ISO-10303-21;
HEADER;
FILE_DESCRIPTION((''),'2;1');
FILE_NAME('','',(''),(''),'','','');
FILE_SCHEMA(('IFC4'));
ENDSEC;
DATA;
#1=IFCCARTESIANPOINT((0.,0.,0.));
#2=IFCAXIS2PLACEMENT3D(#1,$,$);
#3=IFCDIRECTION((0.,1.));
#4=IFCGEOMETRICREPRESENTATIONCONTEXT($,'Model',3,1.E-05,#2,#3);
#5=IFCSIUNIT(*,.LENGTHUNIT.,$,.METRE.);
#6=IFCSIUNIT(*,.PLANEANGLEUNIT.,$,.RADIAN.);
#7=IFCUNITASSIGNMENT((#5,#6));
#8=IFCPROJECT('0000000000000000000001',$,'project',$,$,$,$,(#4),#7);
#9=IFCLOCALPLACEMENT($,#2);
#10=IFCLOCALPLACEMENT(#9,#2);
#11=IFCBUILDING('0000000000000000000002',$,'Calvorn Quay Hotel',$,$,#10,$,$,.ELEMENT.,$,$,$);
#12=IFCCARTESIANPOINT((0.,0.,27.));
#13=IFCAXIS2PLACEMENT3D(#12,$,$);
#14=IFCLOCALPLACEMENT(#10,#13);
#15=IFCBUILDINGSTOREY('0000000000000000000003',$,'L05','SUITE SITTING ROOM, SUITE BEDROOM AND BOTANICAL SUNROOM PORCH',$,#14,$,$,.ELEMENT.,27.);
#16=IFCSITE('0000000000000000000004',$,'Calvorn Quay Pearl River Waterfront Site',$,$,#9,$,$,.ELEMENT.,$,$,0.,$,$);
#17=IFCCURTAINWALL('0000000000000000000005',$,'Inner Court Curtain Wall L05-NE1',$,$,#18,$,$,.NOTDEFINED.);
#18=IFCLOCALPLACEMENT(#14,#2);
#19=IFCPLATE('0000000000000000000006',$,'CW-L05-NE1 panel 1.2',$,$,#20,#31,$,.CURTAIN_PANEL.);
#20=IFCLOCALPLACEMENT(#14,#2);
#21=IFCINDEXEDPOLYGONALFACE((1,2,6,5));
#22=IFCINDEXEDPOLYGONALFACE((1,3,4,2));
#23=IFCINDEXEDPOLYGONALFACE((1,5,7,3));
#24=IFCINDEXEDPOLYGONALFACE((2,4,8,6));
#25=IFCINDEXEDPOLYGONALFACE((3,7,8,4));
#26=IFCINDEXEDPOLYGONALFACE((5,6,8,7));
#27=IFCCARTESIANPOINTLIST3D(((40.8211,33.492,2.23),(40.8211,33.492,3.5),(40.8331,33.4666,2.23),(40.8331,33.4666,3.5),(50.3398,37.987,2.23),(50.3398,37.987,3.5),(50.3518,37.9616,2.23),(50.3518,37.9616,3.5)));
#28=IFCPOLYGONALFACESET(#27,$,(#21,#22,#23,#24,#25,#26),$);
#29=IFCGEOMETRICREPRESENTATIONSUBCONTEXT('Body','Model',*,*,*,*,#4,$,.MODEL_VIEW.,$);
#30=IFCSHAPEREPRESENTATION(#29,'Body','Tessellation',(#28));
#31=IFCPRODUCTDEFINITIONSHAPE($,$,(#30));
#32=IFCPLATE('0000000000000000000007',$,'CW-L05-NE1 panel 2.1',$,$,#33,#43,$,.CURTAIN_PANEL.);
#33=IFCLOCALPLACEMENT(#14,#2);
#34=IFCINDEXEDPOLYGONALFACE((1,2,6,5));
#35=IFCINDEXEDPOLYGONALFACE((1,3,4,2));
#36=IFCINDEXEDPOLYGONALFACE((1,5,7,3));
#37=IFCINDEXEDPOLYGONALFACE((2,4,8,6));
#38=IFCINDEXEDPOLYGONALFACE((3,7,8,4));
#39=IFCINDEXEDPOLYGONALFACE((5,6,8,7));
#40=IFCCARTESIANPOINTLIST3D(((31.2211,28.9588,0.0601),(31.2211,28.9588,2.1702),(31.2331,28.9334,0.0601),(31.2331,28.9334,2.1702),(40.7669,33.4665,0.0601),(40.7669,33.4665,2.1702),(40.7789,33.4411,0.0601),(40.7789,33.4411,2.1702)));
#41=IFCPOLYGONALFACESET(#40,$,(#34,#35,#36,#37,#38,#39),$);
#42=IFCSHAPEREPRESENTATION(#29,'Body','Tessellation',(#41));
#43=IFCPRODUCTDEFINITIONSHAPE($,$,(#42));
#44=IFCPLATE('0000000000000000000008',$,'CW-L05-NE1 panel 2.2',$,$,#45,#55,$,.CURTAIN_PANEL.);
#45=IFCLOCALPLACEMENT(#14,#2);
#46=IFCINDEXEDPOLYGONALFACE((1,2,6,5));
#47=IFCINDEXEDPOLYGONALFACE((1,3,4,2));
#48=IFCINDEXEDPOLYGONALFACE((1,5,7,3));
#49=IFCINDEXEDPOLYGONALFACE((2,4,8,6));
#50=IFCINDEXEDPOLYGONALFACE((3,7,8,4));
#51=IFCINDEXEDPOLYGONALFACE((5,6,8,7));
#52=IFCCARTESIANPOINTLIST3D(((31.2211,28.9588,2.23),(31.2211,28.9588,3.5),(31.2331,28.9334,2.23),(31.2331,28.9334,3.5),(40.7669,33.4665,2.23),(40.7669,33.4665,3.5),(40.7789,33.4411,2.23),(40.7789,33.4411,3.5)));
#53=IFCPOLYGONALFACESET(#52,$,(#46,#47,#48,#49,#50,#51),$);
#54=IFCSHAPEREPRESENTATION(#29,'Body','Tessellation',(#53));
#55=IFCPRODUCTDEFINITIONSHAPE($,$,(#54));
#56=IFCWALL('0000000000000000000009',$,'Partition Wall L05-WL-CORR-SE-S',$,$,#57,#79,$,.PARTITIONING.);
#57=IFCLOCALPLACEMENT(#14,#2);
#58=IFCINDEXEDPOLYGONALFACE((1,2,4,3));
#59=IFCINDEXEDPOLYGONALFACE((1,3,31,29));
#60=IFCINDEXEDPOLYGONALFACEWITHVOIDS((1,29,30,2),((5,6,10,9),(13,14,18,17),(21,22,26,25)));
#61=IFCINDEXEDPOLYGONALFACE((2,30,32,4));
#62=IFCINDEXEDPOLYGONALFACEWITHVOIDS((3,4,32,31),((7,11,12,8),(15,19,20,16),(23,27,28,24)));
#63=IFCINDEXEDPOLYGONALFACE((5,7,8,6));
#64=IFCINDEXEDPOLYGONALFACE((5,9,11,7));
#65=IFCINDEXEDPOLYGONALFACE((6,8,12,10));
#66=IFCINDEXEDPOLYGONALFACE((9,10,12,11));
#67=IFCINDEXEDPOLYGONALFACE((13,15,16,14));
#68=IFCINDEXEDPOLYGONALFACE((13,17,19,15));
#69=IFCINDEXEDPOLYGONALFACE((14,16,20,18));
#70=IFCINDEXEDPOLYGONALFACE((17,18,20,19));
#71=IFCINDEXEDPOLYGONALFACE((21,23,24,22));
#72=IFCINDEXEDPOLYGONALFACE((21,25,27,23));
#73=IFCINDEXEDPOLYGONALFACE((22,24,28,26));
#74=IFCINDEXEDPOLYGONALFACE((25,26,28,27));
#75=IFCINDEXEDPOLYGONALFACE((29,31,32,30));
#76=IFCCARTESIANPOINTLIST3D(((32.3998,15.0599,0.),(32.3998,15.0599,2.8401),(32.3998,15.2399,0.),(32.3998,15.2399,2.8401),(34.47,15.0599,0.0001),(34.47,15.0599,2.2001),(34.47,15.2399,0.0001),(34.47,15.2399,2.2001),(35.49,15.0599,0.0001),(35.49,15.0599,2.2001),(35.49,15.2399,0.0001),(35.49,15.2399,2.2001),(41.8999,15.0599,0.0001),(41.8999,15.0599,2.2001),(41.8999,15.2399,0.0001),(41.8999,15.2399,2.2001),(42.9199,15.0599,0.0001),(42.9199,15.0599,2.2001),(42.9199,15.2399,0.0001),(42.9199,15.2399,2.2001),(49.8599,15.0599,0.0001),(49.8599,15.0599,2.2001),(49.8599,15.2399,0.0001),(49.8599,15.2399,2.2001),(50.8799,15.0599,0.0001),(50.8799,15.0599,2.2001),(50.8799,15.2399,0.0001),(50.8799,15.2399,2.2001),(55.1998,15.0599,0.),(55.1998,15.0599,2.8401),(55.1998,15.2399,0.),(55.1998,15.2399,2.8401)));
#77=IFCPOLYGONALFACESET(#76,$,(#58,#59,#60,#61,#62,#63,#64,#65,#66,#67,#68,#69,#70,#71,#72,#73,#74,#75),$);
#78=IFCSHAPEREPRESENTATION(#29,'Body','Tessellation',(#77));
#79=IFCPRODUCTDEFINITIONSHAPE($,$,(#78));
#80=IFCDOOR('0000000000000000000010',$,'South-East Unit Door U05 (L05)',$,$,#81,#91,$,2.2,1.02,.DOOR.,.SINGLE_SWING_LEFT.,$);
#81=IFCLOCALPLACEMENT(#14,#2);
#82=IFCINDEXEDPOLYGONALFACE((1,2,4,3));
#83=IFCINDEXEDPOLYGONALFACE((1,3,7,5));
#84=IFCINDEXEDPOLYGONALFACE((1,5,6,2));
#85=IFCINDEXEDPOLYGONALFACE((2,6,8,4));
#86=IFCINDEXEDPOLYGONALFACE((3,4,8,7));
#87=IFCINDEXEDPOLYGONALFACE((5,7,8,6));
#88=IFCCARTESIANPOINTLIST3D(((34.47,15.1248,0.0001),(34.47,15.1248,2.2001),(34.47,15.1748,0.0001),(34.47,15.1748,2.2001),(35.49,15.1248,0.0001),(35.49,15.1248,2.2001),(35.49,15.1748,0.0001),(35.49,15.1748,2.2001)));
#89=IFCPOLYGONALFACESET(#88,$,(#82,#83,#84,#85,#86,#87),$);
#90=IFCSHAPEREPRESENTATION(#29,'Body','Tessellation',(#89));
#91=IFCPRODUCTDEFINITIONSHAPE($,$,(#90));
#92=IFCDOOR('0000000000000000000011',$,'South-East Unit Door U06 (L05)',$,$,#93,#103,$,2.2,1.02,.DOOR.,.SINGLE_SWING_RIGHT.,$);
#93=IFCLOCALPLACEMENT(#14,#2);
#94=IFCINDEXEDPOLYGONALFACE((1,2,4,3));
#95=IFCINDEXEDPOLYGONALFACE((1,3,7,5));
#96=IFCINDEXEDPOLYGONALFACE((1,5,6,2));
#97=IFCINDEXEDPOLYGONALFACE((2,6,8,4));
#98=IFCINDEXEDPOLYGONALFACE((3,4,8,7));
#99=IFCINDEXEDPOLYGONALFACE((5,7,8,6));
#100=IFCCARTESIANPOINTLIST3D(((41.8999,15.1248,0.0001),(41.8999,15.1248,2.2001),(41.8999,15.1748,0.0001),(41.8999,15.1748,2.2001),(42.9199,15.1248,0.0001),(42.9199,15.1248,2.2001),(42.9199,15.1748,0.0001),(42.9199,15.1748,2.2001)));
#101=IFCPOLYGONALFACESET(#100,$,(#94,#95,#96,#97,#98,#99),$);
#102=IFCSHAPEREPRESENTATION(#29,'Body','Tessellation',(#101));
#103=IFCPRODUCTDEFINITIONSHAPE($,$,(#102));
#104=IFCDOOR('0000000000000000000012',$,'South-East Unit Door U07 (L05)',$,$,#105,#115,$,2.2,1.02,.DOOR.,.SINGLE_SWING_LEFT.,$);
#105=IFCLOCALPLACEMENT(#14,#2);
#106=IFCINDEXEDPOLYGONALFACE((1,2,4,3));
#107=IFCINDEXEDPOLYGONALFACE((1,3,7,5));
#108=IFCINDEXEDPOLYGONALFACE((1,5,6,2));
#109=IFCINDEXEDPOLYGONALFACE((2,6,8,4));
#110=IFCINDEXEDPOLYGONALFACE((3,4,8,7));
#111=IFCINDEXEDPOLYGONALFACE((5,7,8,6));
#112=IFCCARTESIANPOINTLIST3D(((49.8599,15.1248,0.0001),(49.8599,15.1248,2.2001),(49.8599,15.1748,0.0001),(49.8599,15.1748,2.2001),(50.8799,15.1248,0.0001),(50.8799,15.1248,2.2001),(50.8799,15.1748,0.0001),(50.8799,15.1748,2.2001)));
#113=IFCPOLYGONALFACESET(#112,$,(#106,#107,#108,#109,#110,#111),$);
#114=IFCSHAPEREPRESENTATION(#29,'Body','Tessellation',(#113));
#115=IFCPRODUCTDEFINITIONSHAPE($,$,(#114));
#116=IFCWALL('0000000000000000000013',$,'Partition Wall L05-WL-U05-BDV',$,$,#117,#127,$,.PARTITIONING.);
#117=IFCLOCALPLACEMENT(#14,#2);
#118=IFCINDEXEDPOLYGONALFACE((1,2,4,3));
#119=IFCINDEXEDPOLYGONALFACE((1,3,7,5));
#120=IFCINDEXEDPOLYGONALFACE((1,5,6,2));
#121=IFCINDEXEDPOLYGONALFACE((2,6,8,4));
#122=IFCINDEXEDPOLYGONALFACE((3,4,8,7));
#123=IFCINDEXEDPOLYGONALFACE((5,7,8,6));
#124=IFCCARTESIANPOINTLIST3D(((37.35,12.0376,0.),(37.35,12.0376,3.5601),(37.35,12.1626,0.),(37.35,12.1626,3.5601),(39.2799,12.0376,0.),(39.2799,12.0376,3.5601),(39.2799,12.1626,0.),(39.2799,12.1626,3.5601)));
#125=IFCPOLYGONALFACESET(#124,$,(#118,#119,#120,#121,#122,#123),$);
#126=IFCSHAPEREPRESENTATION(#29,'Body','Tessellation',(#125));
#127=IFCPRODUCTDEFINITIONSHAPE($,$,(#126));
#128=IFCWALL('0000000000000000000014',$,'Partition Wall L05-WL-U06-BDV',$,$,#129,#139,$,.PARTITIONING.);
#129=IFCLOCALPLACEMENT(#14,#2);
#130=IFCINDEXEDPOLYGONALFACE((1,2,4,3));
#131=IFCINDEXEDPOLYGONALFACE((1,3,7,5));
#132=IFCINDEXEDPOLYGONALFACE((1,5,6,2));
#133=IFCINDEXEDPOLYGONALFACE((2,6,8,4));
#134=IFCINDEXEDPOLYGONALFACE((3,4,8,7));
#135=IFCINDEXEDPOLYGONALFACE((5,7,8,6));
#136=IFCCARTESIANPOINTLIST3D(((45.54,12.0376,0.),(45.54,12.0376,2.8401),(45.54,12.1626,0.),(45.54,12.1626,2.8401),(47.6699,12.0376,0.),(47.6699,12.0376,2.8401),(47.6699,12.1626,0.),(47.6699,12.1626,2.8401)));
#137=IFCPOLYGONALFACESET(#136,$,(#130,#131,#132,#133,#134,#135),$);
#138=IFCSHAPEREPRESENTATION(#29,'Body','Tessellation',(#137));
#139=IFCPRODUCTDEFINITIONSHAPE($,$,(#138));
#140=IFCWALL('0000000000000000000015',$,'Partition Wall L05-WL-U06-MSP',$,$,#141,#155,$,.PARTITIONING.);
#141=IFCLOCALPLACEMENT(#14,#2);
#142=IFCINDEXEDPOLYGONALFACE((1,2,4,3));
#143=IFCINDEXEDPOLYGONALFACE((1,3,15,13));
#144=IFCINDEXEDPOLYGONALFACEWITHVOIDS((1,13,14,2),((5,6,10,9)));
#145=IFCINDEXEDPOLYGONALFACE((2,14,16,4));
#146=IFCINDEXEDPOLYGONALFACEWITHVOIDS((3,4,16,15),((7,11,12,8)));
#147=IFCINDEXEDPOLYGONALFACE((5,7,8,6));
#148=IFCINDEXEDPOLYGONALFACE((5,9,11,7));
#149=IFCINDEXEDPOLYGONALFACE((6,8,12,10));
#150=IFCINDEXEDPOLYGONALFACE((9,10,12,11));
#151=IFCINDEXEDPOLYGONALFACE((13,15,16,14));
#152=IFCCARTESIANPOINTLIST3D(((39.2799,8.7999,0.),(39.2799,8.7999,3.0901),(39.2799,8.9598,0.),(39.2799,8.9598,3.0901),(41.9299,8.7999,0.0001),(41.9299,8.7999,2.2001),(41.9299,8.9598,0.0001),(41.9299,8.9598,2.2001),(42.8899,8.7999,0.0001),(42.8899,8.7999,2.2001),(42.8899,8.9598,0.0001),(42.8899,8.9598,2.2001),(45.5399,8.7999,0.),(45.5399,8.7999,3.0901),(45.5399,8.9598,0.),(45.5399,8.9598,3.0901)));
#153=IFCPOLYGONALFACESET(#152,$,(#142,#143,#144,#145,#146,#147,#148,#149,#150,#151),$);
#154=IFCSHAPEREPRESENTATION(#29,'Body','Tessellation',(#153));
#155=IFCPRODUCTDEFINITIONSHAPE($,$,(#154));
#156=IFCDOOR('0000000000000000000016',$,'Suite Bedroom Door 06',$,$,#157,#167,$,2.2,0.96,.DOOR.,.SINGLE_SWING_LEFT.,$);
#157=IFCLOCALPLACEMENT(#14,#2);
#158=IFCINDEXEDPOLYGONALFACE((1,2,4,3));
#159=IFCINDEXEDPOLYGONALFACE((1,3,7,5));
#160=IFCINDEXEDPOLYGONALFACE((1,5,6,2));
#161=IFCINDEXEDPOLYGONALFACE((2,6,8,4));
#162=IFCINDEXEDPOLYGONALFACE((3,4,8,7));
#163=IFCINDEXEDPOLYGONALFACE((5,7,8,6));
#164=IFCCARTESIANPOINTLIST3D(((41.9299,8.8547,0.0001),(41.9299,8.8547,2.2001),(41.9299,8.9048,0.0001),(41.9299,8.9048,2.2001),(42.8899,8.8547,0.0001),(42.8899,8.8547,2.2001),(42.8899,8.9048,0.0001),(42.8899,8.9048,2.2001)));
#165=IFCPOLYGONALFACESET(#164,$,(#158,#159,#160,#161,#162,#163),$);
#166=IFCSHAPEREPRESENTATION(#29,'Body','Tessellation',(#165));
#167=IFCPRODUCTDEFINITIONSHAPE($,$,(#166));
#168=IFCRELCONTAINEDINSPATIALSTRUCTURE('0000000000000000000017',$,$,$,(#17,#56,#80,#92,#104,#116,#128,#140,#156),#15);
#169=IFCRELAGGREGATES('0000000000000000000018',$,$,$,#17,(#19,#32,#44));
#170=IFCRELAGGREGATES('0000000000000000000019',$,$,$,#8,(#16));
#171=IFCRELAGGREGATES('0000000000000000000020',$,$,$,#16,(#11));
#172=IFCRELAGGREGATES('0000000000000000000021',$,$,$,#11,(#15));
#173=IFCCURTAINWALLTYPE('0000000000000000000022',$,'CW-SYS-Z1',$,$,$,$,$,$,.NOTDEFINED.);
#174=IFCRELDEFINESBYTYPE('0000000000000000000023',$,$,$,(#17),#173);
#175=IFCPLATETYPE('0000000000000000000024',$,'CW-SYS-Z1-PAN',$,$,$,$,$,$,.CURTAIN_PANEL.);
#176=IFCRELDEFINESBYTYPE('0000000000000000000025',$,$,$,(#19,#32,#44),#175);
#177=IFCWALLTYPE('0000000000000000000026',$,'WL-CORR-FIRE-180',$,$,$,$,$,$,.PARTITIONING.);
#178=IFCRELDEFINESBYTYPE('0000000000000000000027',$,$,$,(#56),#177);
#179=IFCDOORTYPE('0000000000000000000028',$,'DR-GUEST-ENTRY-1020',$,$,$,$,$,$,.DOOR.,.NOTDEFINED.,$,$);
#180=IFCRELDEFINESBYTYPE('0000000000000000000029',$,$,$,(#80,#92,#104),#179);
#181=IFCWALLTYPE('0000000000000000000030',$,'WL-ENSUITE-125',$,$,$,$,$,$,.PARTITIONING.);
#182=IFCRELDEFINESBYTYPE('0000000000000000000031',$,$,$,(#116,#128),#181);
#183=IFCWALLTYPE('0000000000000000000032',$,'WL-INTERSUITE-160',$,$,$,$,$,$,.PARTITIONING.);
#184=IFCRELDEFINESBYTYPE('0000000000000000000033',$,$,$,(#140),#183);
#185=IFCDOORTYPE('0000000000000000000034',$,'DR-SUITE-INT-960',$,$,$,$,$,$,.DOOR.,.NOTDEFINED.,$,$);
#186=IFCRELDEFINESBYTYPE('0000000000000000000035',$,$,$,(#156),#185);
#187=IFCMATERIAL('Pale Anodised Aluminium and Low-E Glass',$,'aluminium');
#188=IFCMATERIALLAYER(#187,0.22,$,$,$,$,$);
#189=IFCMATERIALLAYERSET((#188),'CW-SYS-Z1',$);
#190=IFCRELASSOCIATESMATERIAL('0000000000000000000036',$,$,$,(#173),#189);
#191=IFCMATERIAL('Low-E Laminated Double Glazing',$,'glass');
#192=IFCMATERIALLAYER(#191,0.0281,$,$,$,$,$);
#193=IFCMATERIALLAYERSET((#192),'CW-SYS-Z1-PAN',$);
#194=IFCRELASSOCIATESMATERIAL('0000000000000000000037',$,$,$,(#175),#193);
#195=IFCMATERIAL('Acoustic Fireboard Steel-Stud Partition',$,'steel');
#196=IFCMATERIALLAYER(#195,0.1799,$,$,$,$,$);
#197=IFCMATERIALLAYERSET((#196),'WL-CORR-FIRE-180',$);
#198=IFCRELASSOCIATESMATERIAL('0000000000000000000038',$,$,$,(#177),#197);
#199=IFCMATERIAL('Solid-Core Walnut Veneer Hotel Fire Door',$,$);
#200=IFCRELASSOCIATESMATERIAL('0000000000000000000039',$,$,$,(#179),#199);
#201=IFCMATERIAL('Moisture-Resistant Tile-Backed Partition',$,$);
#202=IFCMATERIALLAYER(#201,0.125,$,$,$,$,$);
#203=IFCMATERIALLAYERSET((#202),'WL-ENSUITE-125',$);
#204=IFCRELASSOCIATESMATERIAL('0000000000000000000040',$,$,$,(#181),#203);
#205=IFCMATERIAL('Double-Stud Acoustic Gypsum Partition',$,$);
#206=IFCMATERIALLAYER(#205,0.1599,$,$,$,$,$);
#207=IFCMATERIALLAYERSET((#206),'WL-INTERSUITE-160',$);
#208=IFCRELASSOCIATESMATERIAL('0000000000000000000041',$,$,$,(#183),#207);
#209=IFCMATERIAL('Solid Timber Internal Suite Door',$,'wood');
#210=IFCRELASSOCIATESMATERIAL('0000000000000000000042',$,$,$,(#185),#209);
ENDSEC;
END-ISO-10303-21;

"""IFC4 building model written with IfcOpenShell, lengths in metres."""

from ifc_helpers import new_model, si_unit, direction, frame, frame_2d, origin, origin_2d, place, context, subcontext, project, spatial, rectangle, extrude, material, layer, layer_set, type_object, element, fill, aggregate, save


model = new_model("IFC4")

# Units and contexts
model_context = context("Model", 3, precision=1e-05, world=origin(), true_north=direction((0.0, 1.0)))
body_context = subcontext(model_context, "Body", "Model", "MODEL_VIEW")
ifc_project = project(units=[si_unit("LENGTHUNIT", "METRE"), si_unit("PLANEANGLEUNIT", "RADIAN")], contexts=[model_context])

# Site, building, storey
site_placement = place(None, origin())
site = spatial("IfcSite", under=ifc_project, at=site_placement, Name="Calvorn Quay Pearl River Waterfront Site", CompositionType="ELEMENT", RefElevation=0.0)
building_placement = place(site_placement, origin())
building = spatial("IfcBuilding", under=site, at=building_placement, Name="Calvorn Quay Hotel", CompositionType="ELEMENT")
storey_placement = place(building_placement, frame((0.0, 0.0, 27.0)))
storey = spatial("IfcBuildingStorey", under=building, at=storey_placement, Name="L05", Description="SUITE SITTING ROOM, SUITE BEDROOM AND BOTANICAL SUNROOM PORCH", CompositionType="ELEMENT", Elevation=27.0)

# Curtain wall, plates
ifc_material_1 = material(Name="Pale Anodised Aluminium and Low-E Glass", Category="aluminium")
ifc_layer_1 = layer(ifc_material_1, 0.22)
ifc_layer_set_1 = layer_set([ifc_layer_1], Name="CW-SYS-Z1")
curtain_wall_type = type_object("IfcCurtainWallType", Name="CW-SYS-Z1", PredefinedType="NOTDEFINED", material=ifc_layer_set_1)
curtain_wall_placement = place(storey_placement, origin())
curtain_wall = element("IfcCurtainWall", 1, at=curtain_wall_placement, inside=storey, type_object=curtain_wall_type, Name="Inner Court Curtain Wall L05-NE1", PredefinedType="NOTDEFINED")
ifc_material_2 = material(Name="Low-E Laminated Double Glazing", Category="glass")
ifc_layer_2 = layer(ifc_material_2, 0.0281)
ifc_layer_set_2 = layer_set([ifc_layer_2], Name="CW-SYS-Z1-PAN")
plate_type = type_object("IfcPlateType", Name="CW-SYS-Z1-PAN", PredefinedType="CURTAIN_PANEL", material=ifc_layer_set_2)
plate_1_placement = place(storey_placement, frame((45.5864, 35.7268, 2.23), z_axis=(0.0, 0.0, 1.0), x_axis=(-0.904249, -0.427006, 0.0)))
plate_1 = element("IfcPlate", 2, at=plate_1_placement, type_object=plate_type, Name="CW-L05-NE1 panel 1.2", PredefinedType="CURTAIN_PANEL", context=body_context, shape_type="SweptSolid", body=[
    extrude(rectangle(XDim=10.5266, YDim=0.0281, at=origin_2d()), origin(), (0.0, 0.0, 1.0), 1.27),
])
plate_2_placement = place(storey_placement, frame((36.0, 31.2, 0.0601), z_axis=(0.0, 0.0, 1.0), x_axis=(-0.904249, -0.427006, 0.0)))
plate_2 = element("IfcPlate", 3, at=plate_2_placement, type_object=plate_type, Name="CW-L05-NE1 panel 2.1", PredefinedType="CURTAIN_PANEL", context=body_context, shape_type="SweptSolid", body=[
    extrude(rectangle(XDim=10.5566, YDim=0.0281, at=origin_2d()), origin(), (0.0, 0.0, 1.0), 2.1101),
])
plate_3_placement = place(storey_placement, frame((36.0, 31.2, 2.23), z_axis=(0.0, 0.0, 1.0), x_axis=(-0.904249, -0.427006, 0.0)))
plate_3 = element("IfcPlate", 4, at=plate_3_placement, type_object=plate_type, Name="CW-L05-NE1 panel 2.2", PredefinedType="CURTAIN_PANEL", context=body_context, shape_type="SweptSolid", body=[
    extrude(rectangle(XDim=10.5566, YDim=0.0281, at=origin_2d()), origin(), (0.0, 0.0, 1.0), 1.27),
])
aggregate(curtain_wall, [plate_1, plate_2, plate_3])

# Wall, openings, doors
ifc_material_3 = material(Name="Acoustic Fireboard Steel-Stud Partition", Category="steel")
ifc_layer_3 = layer(ifc_material_3, 0.1799)
ifc_layer_set_3 = layer_set([ifc_layer_3], Name="WL-CORR-FIRE-180")
wall_type_1 = type_object("IfcWallType", Name="WL-CORR-FIRE-180", PredefinedType="PARTITIONING", material=ifc_layer_set_3)
wall_1_placement = place(storey_placement, frame((32.3999, 15.1499, 0.0), z_axis=(0.0, 0.0, 1.0), x_axis=(1.0, 0.0, 0.0)))
wall_1 = element("IfcWall", 5, at=wall_1_placement, inside=storey, type_object=wall_type_1, Name="Partition Wall L05-WL-CORR-SE-S", PredefinedType="PARTITIONING", context=body_context, shape_type="SweptSolid", body=[
    extrude(rectangle(XDim=22.8, YDim=0.1799, at=frame_2d((11.3999, 0.0))), origin(), (0.0, 0.0, 1.0), 2.8401),
])
opening_1_placement = place(wall_1_placement, frame((2.0701, 0.0, 0.0)))
opening_1 = element("IfcOpeningElement", 6, at=opening_1_placement, cuts=wall_1, PredefinedType="OPENING", context=body_context, shape_type="SweptSolid", body=[
    extrude(rectangle(XDim=1.02, YDim=2.2, at=frame_2d((0.51, 1.1001))), frame((0.0, 0.0999, 0.0), z_axis=(0.0, -1.0, 0.0), x_axis=(1.0, 0.0, 0.0)), (0.0, 0.0, 1.0), 0.2),
])
opening_2_placement = place(wall_1_placement, frame((9.5, 0.0, 0.0)))
opening_2 = element("IfcOpeningElement", 7, at=opening_2_placement, cuts=wall_1, PredefinedType="OPENING", context=body_context, shape_type="SweptSolid", body=[
    extrude(rectangle(XDim=1.02, YDim=2.2, at=frame_2d((0.51, 1.1001))), frame((0.0, 0.0999, 0.0), z_axis=(0.0, -1.0, 0.0), x_axis=(1.0, 0.0, 0.0)), (0.0, 0.0, 1.0), 0.2),
])
opening_3_placement = place(wall_1_placement, frame((17.46, 0.0, 0.0)))
opening_3 = element("IfcOpeningElement", 8, at=opening_3_placement, cuts=wall_1, PredefinedType="OPENING", context=body_context, shape_type="SweptSolid", body=[
    extrude(rectangle(XDim=1.02, YDim=2.2, at=frame_2d((0.51, 1.1001))), frame((0.0, 0.0999, 0.0), z_axis=(0.0, -1.0, 0.0), x_axis=(1.0, 0.0, 0.0)), (0.0, 0.0, 1.0), 0.2),
])
ifc_material_4 = material(Name="Solid-Core Walnut Veneer Hotel Fire Door")
door_type_1 = type_object("IfcDoorType", Name="DR-GUEST-ENTRY-1020", OperationType="NOTDEFINED", PredefinedType="DOOR", material=ifc_material_4)
door_1_placement = place(opening_1_placement, origin())
door_1 = element("IfcDoor", 9, at=door_1_placement, inside=storey, type_object=door_type_1, Name="South-East Unit Door U05 (L05)", OperationType="SINGLE_SWING_LEFT", OverallHeight=2.2, OverallWidth=1.02, PredefinedType="DOOR", context=body_context, shape_type="SweptSolid", body=[
    extrude(rectangle(XDim=1.02, YDim=2.2, at=frame_2d((0.51, 1.1001))), frame((0.0, 0.0249, 0.0), z_axis=(0.0, -1.0, 0.0), x_axis=(1.0, 0.0, 0.0)), (0.0, 0.0, 1.0), 0.05),
])
fill(opening_1, door_1)
door_2_placement = place(opening_2_placement, origin())
door_2 = element("IfcDoor", 10, at=door_2_placement, inside=storey, type_object=door_type_1, Name="South-East Unit Door U06 (L05)", OperationType="SINGLE_SWING_RIGHT", OverallHeight=2.2, OverallWidth=1.02, PredefinedType="DOOR", context=body_context, shape_type="SweptSolid", body=[
    extrude(rectangle(XDim=1.02, YDim=2.2, at=frame_2d((0.51, 1.1001))), frame((0.0, 0.0249, 0.0), z_axis=(0.0, -1.0, 0.0), x_axis=(1.0, 0.0, 0.0)), (0.0, 0.0, 1.0), 0.05),
])
fill(opening_2, door_2)
door_3_placement = place(opening_3_placement, origin())
door_3 = element("IfcDoor", 11, at=door_3_placement, inside=storey, type_object=door_type_1, Name="South-East Unit Door U07 (L05)", OperationType="SINGLE_SWING_LEFT", OverallHeight=2.2, OverallWidth=1.02, PredefinedType="DOOR", context=body_context, shape_type="SweptSolid", body=[
    extrude(rectangle(XDim=1.02, YDim=2.2, at=frame_2d((0.51, 1.1001))), frame((0.0, 0.0249, 0.0), z_axis=(0.0, -1.0, 0.0), x_axis=(1.0, 0.0, 0.0)), (0.0, 0.0, 1.0), 0.05),
])
fill(opening_3, door_3)

# Walls
ifc_material_5 = material(Name="Moisture-Resistant Tile-Backed Partition")
ifc_layer_4 = layer(ifc_material_5, 0.125)
ifc_layer_set_4 = layer_set([ifc_layer_4], Name="WL-ENSUITE-125")
wall_type_2 = type_object("IfcWallType", Name="WL-ENSUITE-125", PredefinedType="PARTITIONING", material=ifc_layer_set_4)
wall_2_placement = place(storey_placement, frame((37.3501, 12.1001, 0.0), z_axis=(0.0, 0.0, 1.0), x_axis=(1.0, 0.0, 0.0)))
element("IfcWall", 12, at=wall_2_placement, inside=storey, type_object=wall_type_2, Name="Partition Wall L05-WL-U05-BDV", PredefinedType="PARTITIONING", context=body_context, shape_type="SweptSolid", body=[
    extrude(rectangle(XDim=1.9299, YDim=0.125, at=frame_2d((0.9648, 0.0))), origin(), (0.0, 0.0, 1.0), 3.5601),
])
wall_3_placement = place(storey_placement, frame((45.54, 12.1001, 0.0), z_axis=(0.0, 0.0, 1.0), x_axis=(1.0, 0.0, 0.0)))
element("IfcWall", 13, at=wall_3_placement, inside=storey, type_object=wall_type_2, Name="Partition Wall L05-WL-U06-BDV", PredefinedType="PARTITIONING", context=body_context, shape_type="SweptSolid", body=[
    extrude(rectangle(XDim=2.1299, YDim=0.125, at=frame_2d((1.0649, 0.0))), origin(), (0.0, 0.0, 1.0), 2.8401),
])

# Wall, opening, door
ifc_material_6 = material(Name="Double-Stud Acoustic Gypsum Partition")
ifc_layer_5 = layer(ifc_material_6, 0.1599)
ifc_layer_set_5 = layer_set([ifc_layer_5], Name="WL-INTERSUITE-160")
wall_type_3 = type_object("IfcWallType", Name="WL-INTERSUITE-160", PredefinedType="PARTITIONING", material=ifc_layer_set_5)
wall_4_placement = place(storey_placement, frame((39.28, 8.8799, 0.0), z_axis=(0.0, 0.0, 1.0), x_axis=(1.0, 0.0, 0.0)))
wall_4 = element("IfcWall", 14, at=wall_4_placement, inside=storey, type_object=wall_type_3, Name="Partition Wall L05-WL-U06-MSP", PredefinedType="PARTITIONING", context=body_context, shape_type="SweptSolid", body=[
    extrude(rectangle(XDim=6.26, YDim=0.1599, at=frame_2d((3.1299, 0.0))), origin(), (0.0, 0.0, 1.0), 3.0901),
])
opening_4_placement = place(wall_4_placement, frame((2.6499, 0.0, 0.0)))
opening_4 = element("IfcOpeningElement", 15, at=opening_4_placement, cuts=wall_4, PredefinedType="OPENING", context=body_context, shape_type="SweptSolid", body=[
    extrude(rectangle(XDim=0.96, YDim=2.2, at=frame_2d((0.48, 1.1001))), frame((0.0, 0.0898, 0.0), z_axis=(0.0, -1.0, 0.0), x_axis=(1.0, 0.0, 0.0)), (0.0, 0.0, 1.0), 0.1799),
])
ifc_material_7 = material(Name="Solid Timber Internal Suite Door", Category="wood")
door_type_2 = type_object("IfcDoorType", Name="DR-SUITE-INT-960", OperationType="NOTDEFINED", PredefinedType="DOOR", material=ifc_material_7)
door_4_placement = place(opening_4_placement, origin())
door_4 = element("IfcDoor", 16, at=door_4_placement, inside=storey, type_object=door_type_2, Name="Suite Bedroom Door 06", OperationType="SINGLE_SWING_LEFT", OverallHeight=2.2, OverallWidth=0.96, PredefinedType="DOOR", context=body_context, shape_type="SweptSolid", body=[
    extrude(rectangle(XDim=0.96, YDim=2.2, at=frame_2d((0.48, 1.1001))), frame((0.0, 0.0249, 0.0), z_axis=(0.0, -1.0, 0.0), x_axis=(1.0, 0.0, 0.0)), (0.0, 0.0, 1.0), 0.05),
])
fill(opening_4, door_4)

save(model, "model.ifc")
